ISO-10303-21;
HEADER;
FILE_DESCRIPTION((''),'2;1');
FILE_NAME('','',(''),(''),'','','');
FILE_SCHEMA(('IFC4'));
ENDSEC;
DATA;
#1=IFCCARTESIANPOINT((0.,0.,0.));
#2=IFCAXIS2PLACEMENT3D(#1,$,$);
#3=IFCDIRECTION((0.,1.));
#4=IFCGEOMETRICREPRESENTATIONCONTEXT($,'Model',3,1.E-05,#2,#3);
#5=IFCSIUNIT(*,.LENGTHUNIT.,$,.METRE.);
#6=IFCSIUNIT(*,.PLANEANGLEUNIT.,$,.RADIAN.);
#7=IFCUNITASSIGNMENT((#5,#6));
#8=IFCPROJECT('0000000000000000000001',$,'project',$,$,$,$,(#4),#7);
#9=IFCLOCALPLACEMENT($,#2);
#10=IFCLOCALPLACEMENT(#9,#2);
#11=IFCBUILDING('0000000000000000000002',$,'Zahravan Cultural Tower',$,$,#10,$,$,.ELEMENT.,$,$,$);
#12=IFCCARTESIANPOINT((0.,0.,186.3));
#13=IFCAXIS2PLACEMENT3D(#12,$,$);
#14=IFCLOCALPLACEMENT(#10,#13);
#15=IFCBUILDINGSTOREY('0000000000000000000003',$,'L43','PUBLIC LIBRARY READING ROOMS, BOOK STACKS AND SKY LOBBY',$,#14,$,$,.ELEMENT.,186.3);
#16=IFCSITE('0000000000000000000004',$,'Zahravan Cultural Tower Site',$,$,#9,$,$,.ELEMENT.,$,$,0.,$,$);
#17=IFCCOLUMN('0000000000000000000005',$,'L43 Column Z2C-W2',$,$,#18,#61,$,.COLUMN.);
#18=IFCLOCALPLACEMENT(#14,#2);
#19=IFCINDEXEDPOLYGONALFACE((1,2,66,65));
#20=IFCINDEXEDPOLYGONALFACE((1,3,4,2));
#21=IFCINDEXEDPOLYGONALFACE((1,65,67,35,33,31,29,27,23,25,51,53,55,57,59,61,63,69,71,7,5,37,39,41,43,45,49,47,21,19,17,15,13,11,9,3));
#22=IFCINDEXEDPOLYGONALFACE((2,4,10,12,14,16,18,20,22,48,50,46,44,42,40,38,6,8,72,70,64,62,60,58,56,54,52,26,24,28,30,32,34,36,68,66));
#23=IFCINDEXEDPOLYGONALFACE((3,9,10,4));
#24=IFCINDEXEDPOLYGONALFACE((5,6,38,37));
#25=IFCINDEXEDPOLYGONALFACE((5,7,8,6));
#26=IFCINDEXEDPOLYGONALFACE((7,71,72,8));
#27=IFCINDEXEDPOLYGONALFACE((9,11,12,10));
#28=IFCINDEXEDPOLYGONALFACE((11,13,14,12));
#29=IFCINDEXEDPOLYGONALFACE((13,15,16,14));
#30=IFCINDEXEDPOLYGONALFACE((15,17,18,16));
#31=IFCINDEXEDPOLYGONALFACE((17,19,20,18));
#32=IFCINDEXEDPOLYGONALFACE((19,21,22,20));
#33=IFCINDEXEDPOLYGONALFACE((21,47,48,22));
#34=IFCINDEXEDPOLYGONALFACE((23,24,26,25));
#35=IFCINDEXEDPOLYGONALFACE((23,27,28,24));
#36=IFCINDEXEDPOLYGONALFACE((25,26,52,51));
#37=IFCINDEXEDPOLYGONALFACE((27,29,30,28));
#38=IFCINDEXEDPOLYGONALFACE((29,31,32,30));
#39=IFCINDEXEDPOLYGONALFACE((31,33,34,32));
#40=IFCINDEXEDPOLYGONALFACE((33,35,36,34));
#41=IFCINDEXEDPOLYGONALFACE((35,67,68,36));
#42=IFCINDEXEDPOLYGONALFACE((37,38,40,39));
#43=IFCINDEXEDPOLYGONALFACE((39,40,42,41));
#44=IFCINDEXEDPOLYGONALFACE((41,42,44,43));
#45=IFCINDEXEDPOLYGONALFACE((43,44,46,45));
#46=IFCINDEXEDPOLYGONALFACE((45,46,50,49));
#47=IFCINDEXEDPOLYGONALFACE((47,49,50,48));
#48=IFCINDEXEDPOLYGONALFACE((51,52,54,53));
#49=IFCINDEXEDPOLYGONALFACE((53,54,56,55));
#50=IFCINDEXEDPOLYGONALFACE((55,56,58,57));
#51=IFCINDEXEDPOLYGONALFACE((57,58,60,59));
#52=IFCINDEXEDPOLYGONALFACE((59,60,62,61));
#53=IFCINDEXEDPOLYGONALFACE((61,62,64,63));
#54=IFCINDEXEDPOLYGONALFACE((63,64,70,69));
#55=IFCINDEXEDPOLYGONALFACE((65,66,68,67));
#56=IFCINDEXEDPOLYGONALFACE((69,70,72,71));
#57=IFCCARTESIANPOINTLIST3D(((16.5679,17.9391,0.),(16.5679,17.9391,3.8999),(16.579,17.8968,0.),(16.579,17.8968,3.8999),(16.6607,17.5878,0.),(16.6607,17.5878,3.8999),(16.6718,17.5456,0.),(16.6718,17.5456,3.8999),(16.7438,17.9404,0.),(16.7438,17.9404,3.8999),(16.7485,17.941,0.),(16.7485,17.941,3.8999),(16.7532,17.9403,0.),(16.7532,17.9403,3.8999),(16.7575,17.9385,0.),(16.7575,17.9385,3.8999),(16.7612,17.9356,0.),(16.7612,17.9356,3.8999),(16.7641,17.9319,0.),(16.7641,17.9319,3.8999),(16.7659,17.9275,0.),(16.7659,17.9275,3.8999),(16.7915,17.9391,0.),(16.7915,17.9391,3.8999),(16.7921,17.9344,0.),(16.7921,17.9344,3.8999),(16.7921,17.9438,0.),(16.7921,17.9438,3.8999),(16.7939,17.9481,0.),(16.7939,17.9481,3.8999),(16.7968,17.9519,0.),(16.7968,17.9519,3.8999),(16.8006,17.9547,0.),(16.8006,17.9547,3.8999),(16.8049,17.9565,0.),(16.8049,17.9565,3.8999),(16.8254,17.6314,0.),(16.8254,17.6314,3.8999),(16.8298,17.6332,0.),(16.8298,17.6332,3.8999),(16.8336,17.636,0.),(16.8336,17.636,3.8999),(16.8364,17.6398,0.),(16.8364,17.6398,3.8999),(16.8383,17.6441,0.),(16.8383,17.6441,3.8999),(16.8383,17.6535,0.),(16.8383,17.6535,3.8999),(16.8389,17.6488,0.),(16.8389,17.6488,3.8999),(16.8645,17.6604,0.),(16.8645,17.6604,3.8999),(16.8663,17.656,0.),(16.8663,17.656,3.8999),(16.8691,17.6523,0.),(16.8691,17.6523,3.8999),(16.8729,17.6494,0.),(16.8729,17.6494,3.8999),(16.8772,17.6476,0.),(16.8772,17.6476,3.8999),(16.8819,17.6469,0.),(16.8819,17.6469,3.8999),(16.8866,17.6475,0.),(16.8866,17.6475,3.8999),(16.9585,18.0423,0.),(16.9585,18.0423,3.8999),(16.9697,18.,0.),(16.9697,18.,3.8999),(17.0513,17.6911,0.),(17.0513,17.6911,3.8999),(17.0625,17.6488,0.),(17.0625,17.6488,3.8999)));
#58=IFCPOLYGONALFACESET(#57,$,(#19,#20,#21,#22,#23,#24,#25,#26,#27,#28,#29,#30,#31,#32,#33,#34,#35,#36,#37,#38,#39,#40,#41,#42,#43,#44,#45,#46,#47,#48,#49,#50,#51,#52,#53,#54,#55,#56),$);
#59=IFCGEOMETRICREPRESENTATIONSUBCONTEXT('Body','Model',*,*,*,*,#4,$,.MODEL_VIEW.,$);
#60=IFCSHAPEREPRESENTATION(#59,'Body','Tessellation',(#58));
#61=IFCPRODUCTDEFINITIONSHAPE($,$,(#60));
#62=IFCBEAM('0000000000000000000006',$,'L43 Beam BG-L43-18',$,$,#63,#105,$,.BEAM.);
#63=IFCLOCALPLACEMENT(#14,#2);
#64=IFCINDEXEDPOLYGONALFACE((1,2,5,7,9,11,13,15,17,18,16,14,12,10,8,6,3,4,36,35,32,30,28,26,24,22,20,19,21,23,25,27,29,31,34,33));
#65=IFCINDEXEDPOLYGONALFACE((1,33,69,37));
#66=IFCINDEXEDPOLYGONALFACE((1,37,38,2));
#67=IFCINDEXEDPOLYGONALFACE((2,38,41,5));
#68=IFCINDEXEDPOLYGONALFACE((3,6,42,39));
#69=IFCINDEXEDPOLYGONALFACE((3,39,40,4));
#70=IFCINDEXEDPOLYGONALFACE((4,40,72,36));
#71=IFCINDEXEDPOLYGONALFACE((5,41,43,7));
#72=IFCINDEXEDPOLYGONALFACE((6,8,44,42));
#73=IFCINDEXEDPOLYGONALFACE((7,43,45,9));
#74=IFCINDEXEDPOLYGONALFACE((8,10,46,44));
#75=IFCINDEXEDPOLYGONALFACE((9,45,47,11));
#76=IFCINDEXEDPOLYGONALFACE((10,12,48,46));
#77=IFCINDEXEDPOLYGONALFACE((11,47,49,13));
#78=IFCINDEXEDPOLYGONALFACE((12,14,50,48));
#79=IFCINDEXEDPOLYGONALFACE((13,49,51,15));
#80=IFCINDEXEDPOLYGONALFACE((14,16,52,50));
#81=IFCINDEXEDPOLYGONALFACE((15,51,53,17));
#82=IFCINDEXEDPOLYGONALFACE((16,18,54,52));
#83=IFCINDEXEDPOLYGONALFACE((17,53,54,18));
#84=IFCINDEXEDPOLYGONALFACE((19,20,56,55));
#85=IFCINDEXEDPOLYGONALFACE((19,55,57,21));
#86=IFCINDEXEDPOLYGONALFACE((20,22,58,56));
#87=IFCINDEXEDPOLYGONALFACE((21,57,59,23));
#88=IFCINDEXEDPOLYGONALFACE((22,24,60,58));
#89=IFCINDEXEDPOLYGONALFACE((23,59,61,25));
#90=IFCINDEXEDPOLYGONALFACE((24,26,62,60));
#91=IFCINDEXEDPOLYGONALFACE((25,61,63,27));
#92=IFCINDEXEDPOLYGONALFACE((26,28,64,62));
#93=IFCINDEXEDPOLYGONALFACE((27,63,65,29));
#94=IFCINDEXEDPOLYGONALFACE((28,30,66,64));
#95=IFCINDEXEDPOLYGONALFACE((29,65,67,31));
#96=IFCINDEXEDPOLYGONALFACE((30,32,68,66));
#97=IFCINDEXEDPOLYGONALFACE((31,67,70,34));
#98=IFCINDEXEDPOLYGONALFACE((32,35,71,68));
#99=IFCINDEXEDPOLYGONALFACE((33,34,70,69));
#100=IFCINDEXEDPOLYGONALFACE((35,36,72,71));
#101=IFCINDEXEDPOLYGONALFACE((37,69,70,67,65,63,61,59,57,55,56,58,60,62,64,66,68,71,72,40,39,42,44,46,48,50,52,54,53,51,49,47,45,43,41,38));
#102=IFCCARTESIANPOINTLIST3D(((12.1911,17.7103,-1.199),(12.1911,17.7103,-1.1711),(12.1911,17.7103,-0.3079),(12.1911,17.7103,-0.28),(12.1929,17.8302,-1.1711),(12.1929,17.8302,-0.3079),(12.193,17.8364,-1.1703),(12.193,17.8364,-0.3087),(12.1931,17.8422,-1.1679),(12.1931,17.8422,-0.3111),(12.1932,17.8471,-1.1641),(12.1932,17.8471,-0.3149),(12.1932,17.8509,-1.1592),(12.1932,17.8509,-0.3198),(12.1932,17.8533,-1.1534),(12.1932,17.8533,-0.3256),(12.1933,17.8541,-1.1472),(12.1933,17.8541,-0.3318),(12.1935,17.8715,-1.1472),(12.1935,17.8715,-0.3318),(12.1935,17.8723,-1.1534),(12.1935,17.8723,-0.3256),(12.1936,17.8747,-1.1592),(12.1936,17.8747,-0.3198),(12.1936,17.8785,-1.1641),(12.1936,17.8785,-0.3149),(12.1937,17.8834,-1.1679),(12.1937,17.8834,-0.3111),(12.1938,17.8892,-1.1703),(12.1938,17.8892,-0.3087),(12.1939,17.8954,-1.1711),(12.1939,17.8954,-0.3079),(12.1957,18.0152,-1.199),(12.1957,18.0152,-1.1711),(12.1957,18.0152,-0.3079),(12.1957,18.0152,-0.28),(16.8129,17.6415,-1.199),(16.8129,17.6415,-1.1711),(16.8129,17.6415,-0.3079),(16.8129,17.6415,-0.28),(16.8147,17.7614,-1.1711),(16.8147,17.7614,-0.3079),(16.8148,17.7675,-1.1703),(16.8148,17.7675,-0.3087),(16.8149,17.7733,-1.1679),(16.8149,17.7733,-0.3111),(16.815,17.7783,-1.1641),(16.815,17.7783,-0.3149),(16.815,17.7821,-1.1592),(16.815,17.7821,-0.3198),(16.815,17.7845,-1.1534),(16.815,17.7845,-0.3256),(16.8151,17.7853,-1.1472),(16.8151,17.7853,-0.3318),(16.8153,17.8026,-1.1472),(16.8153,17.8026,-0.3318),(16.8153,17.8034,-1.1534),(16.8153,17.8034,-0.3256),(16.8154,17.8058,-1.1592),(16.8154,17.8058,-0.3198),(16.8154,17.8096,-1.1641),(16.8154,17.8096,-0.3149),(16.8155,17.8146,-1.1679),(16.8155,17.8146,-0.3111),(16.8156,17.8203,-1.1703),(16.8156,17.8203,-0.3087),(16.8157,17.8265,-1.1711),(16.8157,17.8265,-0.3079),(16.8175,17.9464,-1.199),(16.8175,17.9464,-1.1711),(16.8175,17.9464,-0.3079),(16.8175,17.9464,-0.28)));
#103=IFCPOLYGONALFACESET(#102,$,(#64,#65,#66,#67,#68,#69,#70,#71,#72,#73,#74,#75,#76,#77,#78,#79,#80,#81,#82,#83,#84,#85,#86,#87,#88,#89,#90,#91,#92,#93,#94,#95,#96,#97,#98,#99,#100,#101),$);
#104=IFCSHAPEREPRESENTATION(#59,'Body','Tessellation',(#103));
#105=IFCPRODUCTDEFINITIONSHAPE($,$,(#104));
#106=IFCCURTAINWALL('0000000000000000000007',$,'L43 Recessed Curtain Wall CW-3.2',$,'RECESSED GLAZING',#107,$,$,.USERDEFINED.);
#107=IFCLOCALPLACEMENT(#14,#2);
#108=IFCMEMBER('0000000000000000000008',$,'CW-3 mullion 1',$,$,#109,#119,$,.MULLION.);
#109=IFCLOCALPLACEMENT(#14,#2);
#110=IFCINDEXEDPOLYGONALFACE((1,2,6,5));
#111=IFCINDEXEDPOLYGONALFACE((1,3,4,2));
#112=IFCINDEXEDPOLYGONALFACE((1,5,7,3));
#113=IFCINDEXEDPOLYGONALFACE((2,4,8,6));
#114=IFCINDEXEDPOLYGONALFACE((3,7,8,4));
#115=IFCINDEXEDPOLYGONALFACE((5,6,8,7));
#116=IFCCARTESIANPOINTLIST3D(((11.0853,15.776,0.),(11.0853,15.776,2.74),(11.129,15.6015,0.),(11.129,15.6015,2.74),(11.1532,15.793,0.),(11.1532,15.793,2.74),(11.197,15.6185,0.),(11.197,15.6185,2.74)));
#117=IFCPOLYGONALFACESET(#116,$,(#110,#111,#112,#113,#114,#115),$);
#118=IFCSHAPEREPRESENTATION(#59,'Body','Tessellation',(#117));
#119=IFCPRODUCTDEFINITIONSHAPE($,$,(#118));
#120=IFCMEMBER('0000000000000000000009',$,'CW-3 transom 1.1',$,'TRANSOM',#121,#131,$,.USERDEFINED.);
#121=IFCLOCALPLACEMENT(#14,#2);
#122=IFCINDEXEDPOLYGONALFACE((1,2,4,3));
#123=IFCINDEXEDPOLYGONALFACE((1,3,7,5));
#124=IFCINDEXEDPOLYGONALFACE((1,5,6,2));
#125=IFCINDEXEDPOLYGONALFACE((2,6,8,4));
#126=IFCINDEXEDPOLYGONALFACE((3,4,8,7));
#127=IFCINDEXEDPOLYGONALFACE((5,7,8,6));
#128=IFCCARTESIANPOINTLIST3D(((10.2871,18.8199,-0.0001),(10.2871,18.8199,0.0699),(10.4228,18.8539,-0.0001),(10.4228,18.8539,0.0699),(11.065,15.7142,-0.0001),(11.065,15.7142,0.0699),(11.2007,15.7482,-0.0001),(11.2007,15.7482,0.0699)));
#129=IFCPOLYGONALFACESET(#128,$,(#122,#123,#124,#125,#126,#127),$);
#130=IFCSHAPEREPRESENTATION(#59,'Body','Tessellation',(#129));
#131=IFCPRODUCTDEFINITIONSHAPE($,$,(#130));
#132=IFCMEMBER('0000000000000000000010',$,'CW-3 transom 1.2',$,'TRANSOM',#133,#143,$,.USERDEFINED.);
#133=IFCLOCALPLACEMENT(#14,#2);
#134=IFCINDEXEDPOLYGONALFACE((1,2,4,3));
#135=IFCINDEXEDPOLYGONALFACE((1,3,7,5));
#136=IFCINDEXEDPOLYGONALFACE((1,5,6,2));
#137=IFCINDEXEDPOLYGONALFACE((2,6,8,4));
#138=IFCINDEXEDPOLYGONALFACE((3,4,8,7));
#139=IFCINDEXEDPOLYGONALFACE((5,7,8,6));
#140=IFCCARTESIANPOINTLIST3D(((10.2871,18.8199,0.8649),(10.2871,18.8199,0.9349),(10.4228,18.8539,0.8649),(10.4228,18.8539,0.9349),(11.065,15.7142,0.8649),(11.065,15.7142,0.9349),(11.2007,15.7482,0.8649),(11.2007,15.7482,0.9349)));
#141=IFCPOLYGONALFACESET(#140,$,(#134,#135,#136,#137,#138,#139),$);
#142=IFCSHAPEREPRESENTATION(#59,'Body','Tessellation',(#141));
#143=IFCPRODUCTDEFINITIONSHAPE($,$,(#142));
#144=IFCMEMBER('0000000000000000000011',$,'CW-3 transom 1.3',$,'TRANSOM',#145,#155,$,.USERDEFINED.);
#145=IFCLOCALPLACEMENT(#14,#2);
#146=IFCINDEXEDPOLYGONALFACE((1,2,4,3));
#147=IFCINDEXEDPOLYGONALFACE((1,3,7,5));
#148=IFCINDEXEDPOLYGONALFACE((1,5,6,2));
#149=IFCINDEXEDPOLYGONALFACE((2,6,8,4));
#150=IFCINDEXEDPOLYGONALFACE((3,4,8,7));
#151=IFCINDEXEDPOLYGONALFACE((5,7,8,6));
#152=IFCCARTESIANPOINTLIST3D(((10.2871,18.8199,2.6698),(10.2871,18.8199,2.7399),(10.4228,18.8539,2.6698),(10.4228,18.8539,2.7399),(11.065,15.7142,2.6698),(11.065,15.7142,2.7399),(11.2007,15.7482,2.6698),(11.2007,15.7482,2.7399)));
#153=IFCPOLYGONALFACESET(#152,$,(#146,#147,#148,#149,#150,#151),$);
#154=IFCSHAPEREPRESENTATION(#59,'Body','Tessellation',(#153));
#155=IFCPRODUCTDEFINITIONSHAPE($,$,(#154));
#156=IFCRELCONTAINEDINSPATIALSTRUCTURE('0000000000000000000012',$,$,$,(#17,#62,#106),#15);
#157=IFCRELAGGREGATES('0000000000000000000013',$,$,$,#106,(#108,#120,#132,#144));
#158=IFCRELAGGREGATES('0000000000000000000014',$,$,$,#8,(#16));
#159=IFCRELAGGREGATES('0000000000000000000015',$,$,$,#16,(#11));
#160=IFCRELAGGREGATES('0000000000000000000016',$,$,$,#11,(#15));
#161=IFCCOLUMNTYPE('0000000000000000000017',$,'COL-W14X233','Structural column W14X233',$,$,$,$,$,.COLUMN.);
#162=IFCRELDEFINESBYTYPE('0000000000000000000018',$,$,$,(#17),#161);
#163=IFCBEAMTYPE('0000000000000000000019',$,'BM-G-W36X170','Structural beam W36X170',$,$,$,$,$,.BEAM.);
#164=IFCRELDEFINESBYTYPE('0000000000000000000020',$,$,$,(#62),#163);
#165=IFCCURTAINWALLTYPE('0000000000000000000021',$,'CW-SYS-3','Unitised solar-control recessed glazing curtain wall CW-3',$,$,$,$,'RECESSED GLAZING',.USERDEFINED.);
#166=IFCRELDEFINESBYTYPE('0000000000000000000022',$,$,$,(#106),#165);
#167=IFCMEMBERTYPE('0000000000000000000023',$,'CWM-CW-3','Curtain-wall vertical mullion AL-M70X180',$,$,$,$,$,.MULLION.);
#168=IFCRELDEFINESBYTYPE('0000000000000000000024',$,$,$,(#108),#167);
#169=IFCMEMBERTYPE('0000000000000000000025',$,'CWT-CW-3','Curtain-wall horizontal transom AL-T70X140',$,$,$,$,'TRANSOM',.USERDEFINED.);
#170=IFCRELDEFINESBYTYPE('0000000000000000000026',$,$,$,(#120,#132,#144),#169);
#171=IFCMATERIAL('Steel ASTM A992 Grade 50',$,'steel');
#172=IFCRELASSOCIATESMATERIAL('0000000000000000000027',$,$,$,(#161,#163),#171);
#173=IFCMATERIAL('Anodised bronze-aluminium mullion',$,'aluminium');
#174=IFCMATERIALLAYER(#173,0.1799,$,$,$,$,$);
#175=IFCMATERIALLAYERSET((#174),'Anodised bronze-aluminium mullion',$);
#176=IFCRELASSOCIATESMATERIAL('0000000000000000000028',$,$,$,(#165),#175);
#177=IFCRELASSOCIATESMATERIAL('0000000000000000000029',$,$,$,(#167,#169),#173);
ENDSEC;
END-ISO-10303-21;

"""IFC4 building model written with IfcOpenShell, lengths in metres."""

from ifc_helpers import new_model, si_unit, direction, frame, origin, origin_2d, place, context, subcontext, project, spatial, rectangle, i_section, extrude, source, transform, mapped, material, layer, layer_set, material_profile, profile_set, type_object, element, aggregate, save


model = new_model("IFC4")

# Units and contexts
model_context = context("Model", 3, precision=1e-05, world=origin(), true_north=direction((0.0, 1.0)))
body_context = subcontext(model_context, "Body", "Model", "MODEL_VIEW")
ifc_project = project(units=[si_unit("LENGTHUNIT", "METRE"), si_unit("PLANEANGLEUNIT", "RADIAN")], contexts=[model_context])

# Site, building, storey
site_placement = place(None, origin())
site = spatial("IfcSite", under=ifc_project, at=site_placement, Name="Zahravan Cultural Tower Site", CompositionType="ELEMENT", RefElevation=0.0)
building_placement = place(site_placement, origin())
building = spatial("IfcBuilding", under=site, at=building_placement, Name="Zahravan Cultural Tower", CompositionType="ELEMENT")
storey_placement = place(building_placement, frame((0.0, 0.0, 186.3)))
storey = spatial("IfcBuildingStorey", under=building, at=storey_placement, Name="L43", Description="PUBLIC LIBRARY READING ROOMS, BOOK STACKS AND SKY LOBBY", CompositionType="ELEMENT", Elevation=186.3)

# Column
ifc_material_1 = material(Name="Steel ASTM A992 Grade 50", Category="steel")
ifc_material_profile_1 = material_profile(ifc_material_1, i_section(OverallWidth=0.4041, OverallDepth=0.407, WebThickness=0.0271, FlangeThickness=0.0437, FilletRadius=0.0181, at=origin_2d()), Name="W14X233")
ifc_profile_set_1 = profile_set([ifc_material_profile_1], Name="Steel ASTM A992 Grade 50")
column_type = type_object("IfcColumnType", Name="COL-W14X233", Description="Structural column W14X233", PredefinedType="COLUMN", material=ifc_profile_set_1)
shared_shape_1 = source(origin(), body_context, "Body", "SweptSolid", [
    extrude(i_section(OverallWidth=0.4041, OverallDepth=0.407, WebThickness=0.0271, FlangeThickness=0.0437, FilletRadius=0.0181, at=origin_2d()), origin(), (0.0, 0.0, 1.0), 3.8999),
])
column_placement = place(storey_placement, frame((16.8152, 17.7939, 0.0), z_axis=(0.0, 0.0, 1.0), x_axis=(0.966823, 0.255446, 0.0)))
element("IfcColumn", 1, at=column_placement, inside=storey, type_object=column_type, Name="L43 Column Z2C-W2", PredefinedType="COLUMN", context=body_context, shape_type="MappedRepresentation", body=[
    mapped(shared_shape_1, transform((0.0, 0.0, 0.0), x_axis=(1.0, 0.0, 0.0), y_axis=(0.0, 1.0, 0.0), z_axis=(0.0, 0.0, 1.0), scale=1.0)),
])

# Beam
ifc_material_profile_2 = material_profile(ifc_material_1, i_section(OverallWidth=0.3049, OverallDepth=0.9189, WebThickness=0.0173, FlangeThickness=0.0278, FilletRadius=0.0239, at=origin_2d()), Name="W36X170")
ifc_profile_set_2 = profile_set([ifc_material_profile_2], Name="Steel ASTM A992 Grade 50")
beam_type = type_object("IfcBeamType", Name="BM-G-W36X170", Description="Structural beam W36X170", PredefinedType="BEAM", material=ifc_profile_set_2)
shared_shape_2 = source(origin(), body_context, "Body", "SweptSolid", [
    extrude(i_section(OverallWidth=0.3049, OverallDepth=0.9189, WebThickness=0.0173, FlangeThickness=0.0278, FilletRadius=0.0239, at=origin_2d()), origin(), (0.0, 0.0, 1.0), 4.6223),
])
beam_placement = place(storey_placement, frame((16.8152, 17.7939, -0.7395), z_axis=(-0.999889, 0.014895, 0.0), x_axis=(-0.014895, -0.999889, 0.0)))
element("IfcBeam", 2, at=beam_placement, inside=storey, type_object=beam_type, Name="L43 Beam BG-L43-18", PredefinedType="BEAM", context=body_context, shape_type="MappedRepresentation", body=[
    mapped(shared_shape_2, transform((0.0, 0.0, 0.0), x_axis=(1.0, 0.0, 0.0), y_axis=(0.0, 1.0, 0.0), z_axis=(0.0, 0.0, 1.0), scale=1.0)),
])

# Curtain wall, members
ifc_material_2 = material(Name="Anodised bronze-aluminium mullion", Category="aluminium")
ifc_layer_1 = layer(ifc_material_2, 0.1799)
ifc_layer_set_1 = layer_set([ifc_layer_1], Name="Anodised bronze-aluminium mullion")
curtain_wall_type = type_object("IfcCurtainWallType", Name="CW-SYS-3", Description="Unitised solar-control recessed glazing curtain wall CW-3", ElementType="RECESSED GLAZING", PredefinedType="USERDEFINED", material=ifc_layer_set_1)
curtain_wall_placement = place(storey_placement, origin())
curtain_wall = element("IfcCurtainWall", 3, at=curtain_wall_placement, inside=storey, type_object=curtain_wall_type, Name="L43 Recessed Curtain Wall CW-3.2", ObjectType="RECESSED GLAZING", PredefinedType="USERDEFINED")
ifc_material_profile_3 = material_profile(ifc_material_2, rectangle(XDim=0.0701, YDim=0.1799, at=origin_2d()), Name="AL-M70X180")
ifc_profile_set_3 = profile_set([ifc_material_profile_3], Name="Anodised bronze-aluminium mullion")
member_type_1 = type_object("IfcMemberType", Name="CWM-CW-3", Description="Curtain-wall vertical mullion AL-M70X180", PredefinedType="MULLION", material=ifc_profile_set_3)
shared_shape_3 = source(origin(), body_context, "Body", "SweptSolid", [
    extrude(rectangle(XDim=0.0701, YDim=0.1799, at=origin_2d()), origin(), (0.0, 0.0, 1.0), 2.74),
])
member_1_placement = place(storey_placement, frame((11.1411, 15.6973, 0.0), z_axis=(0.0, 0.0, 1.0), x_axis=(-0.97004, -0.242944, 0.0)))
member_1 = element("IfcMember", 4, at=member_1_placement, type_object=member_type_1, Name="CW-3 mullion 1", PredefinedType="MULLION", context=body_context, shape_type="MappedRepresentation", body=[
    mapped(shared_shape_3, transform((0.0, 0.0, 0.0), x_axis=(1.0, 0.0, 0.0), y_axis=(0.0, 1.0, 0.0), z_axis=(0.0, 0.0, 1.0), scale=1.0)),
])
ifc_material_profile_4 = material_profile(ifc_material_2, rectangle(XDim=0.1399, YDim=0.0701, at=origin_2d()), Name="AL-T70X140")
ifc_profile_set_4 = profile_set([ifc_material_profile_4], Name="Anodised bronze-aluminium mullion")
member_type_2 = type_object("IfcMemberType", Name="CWT-CW-3", Description="Curtain-wall horizontal transom AL-T70X140", ElementType="TRANSOM", PredefinedType="USERDEFINED", material=ifc_profile_set_4)
shared_shape_4 = source(origin(), body_context, "Body", "SweptSolid", [
    extrude(rectangle(XDim=0.1399, YDim=0.0701, at=origin_2d()), origin(), (0.0, 0.0, 1.0), 3.2017),
])
member_2_placement = place(storey_placement, frame((11.1328, 15.7312, 0.0349), z_axis=(-0.242948, 0.970039, 0.0), x_axis=(-0.970039, -0.242948, 0.0)))
member_2 = element("IfcMember", 5, at=member_2_placement, type_object=member_type_2, Name="CW-3 transom 1.1", ObjectType="TRANSOM", PredefinedType="USERDEFINED", context=body_context, shape_type="MappedRepresentation", body=[
    mapped(shared_shape_4, transform((0.0, 0.0, 0.0), x_axis=(1.0, 0.0, 0.0), y_axis=(0.0, 1.0, 0.0), z_axis=(0.0, 0.0, 1.0), scale=1.0)),
])
member_3_placement = place(storey_placement, frame((11.1328, 15.7312, 0.8999), z_axis=(-0.242948, 0.970039, 0.0), x_axis=(-0.970039, -0.242948, 0.0)))
member_3 = element("IfcMember", 6, at=member_3_placement, type_object=member_type_2, Name="CW-3 transom 1.2", ObjectType="TRANSOM", PredefinedType="USERDEFINED", context=body_context, shape_type="MappedRepresentation", body=[
    mapped(shared_shape_4, transform((0.0, 0.0, 0.0), x_axis=(1.0, 0.0, 0.0), y_axis=(0.0, 1.0, 0.0), z_axis=(0.0, 0.0, 1.0), scale=1.0)),
])
member_4_placement = place(storey_placement, frame((11.1328, 15.7312, 2.7048), z_axis=(-0.242948, 0.970039, 0.0), x_axis=(-0.970039, -0.242948, 0.0)))
member_4 = element("IfcMember", 7, at=member_4_placement, type_object=member_type_2, Name="CW-3 transom 1.3", ObjectType="TRANSOM", PredefinedType="USERDEFINED", context=body_context, shape_type="MappedRepresentation", body=[
    mapped(shared_shape_4, transform((0.0, 0.0, 0.0), x_axis=(1.0, 0.0, 0.0), y_axis=(0.0, 1.0, 0.0), z_axis=(0.0, 0.0, 1.0), scale=1.0)),
])

aggregate(curtain_wall, [member_1, member_2, member_3, member_4])

save(model, "model.ifc")
